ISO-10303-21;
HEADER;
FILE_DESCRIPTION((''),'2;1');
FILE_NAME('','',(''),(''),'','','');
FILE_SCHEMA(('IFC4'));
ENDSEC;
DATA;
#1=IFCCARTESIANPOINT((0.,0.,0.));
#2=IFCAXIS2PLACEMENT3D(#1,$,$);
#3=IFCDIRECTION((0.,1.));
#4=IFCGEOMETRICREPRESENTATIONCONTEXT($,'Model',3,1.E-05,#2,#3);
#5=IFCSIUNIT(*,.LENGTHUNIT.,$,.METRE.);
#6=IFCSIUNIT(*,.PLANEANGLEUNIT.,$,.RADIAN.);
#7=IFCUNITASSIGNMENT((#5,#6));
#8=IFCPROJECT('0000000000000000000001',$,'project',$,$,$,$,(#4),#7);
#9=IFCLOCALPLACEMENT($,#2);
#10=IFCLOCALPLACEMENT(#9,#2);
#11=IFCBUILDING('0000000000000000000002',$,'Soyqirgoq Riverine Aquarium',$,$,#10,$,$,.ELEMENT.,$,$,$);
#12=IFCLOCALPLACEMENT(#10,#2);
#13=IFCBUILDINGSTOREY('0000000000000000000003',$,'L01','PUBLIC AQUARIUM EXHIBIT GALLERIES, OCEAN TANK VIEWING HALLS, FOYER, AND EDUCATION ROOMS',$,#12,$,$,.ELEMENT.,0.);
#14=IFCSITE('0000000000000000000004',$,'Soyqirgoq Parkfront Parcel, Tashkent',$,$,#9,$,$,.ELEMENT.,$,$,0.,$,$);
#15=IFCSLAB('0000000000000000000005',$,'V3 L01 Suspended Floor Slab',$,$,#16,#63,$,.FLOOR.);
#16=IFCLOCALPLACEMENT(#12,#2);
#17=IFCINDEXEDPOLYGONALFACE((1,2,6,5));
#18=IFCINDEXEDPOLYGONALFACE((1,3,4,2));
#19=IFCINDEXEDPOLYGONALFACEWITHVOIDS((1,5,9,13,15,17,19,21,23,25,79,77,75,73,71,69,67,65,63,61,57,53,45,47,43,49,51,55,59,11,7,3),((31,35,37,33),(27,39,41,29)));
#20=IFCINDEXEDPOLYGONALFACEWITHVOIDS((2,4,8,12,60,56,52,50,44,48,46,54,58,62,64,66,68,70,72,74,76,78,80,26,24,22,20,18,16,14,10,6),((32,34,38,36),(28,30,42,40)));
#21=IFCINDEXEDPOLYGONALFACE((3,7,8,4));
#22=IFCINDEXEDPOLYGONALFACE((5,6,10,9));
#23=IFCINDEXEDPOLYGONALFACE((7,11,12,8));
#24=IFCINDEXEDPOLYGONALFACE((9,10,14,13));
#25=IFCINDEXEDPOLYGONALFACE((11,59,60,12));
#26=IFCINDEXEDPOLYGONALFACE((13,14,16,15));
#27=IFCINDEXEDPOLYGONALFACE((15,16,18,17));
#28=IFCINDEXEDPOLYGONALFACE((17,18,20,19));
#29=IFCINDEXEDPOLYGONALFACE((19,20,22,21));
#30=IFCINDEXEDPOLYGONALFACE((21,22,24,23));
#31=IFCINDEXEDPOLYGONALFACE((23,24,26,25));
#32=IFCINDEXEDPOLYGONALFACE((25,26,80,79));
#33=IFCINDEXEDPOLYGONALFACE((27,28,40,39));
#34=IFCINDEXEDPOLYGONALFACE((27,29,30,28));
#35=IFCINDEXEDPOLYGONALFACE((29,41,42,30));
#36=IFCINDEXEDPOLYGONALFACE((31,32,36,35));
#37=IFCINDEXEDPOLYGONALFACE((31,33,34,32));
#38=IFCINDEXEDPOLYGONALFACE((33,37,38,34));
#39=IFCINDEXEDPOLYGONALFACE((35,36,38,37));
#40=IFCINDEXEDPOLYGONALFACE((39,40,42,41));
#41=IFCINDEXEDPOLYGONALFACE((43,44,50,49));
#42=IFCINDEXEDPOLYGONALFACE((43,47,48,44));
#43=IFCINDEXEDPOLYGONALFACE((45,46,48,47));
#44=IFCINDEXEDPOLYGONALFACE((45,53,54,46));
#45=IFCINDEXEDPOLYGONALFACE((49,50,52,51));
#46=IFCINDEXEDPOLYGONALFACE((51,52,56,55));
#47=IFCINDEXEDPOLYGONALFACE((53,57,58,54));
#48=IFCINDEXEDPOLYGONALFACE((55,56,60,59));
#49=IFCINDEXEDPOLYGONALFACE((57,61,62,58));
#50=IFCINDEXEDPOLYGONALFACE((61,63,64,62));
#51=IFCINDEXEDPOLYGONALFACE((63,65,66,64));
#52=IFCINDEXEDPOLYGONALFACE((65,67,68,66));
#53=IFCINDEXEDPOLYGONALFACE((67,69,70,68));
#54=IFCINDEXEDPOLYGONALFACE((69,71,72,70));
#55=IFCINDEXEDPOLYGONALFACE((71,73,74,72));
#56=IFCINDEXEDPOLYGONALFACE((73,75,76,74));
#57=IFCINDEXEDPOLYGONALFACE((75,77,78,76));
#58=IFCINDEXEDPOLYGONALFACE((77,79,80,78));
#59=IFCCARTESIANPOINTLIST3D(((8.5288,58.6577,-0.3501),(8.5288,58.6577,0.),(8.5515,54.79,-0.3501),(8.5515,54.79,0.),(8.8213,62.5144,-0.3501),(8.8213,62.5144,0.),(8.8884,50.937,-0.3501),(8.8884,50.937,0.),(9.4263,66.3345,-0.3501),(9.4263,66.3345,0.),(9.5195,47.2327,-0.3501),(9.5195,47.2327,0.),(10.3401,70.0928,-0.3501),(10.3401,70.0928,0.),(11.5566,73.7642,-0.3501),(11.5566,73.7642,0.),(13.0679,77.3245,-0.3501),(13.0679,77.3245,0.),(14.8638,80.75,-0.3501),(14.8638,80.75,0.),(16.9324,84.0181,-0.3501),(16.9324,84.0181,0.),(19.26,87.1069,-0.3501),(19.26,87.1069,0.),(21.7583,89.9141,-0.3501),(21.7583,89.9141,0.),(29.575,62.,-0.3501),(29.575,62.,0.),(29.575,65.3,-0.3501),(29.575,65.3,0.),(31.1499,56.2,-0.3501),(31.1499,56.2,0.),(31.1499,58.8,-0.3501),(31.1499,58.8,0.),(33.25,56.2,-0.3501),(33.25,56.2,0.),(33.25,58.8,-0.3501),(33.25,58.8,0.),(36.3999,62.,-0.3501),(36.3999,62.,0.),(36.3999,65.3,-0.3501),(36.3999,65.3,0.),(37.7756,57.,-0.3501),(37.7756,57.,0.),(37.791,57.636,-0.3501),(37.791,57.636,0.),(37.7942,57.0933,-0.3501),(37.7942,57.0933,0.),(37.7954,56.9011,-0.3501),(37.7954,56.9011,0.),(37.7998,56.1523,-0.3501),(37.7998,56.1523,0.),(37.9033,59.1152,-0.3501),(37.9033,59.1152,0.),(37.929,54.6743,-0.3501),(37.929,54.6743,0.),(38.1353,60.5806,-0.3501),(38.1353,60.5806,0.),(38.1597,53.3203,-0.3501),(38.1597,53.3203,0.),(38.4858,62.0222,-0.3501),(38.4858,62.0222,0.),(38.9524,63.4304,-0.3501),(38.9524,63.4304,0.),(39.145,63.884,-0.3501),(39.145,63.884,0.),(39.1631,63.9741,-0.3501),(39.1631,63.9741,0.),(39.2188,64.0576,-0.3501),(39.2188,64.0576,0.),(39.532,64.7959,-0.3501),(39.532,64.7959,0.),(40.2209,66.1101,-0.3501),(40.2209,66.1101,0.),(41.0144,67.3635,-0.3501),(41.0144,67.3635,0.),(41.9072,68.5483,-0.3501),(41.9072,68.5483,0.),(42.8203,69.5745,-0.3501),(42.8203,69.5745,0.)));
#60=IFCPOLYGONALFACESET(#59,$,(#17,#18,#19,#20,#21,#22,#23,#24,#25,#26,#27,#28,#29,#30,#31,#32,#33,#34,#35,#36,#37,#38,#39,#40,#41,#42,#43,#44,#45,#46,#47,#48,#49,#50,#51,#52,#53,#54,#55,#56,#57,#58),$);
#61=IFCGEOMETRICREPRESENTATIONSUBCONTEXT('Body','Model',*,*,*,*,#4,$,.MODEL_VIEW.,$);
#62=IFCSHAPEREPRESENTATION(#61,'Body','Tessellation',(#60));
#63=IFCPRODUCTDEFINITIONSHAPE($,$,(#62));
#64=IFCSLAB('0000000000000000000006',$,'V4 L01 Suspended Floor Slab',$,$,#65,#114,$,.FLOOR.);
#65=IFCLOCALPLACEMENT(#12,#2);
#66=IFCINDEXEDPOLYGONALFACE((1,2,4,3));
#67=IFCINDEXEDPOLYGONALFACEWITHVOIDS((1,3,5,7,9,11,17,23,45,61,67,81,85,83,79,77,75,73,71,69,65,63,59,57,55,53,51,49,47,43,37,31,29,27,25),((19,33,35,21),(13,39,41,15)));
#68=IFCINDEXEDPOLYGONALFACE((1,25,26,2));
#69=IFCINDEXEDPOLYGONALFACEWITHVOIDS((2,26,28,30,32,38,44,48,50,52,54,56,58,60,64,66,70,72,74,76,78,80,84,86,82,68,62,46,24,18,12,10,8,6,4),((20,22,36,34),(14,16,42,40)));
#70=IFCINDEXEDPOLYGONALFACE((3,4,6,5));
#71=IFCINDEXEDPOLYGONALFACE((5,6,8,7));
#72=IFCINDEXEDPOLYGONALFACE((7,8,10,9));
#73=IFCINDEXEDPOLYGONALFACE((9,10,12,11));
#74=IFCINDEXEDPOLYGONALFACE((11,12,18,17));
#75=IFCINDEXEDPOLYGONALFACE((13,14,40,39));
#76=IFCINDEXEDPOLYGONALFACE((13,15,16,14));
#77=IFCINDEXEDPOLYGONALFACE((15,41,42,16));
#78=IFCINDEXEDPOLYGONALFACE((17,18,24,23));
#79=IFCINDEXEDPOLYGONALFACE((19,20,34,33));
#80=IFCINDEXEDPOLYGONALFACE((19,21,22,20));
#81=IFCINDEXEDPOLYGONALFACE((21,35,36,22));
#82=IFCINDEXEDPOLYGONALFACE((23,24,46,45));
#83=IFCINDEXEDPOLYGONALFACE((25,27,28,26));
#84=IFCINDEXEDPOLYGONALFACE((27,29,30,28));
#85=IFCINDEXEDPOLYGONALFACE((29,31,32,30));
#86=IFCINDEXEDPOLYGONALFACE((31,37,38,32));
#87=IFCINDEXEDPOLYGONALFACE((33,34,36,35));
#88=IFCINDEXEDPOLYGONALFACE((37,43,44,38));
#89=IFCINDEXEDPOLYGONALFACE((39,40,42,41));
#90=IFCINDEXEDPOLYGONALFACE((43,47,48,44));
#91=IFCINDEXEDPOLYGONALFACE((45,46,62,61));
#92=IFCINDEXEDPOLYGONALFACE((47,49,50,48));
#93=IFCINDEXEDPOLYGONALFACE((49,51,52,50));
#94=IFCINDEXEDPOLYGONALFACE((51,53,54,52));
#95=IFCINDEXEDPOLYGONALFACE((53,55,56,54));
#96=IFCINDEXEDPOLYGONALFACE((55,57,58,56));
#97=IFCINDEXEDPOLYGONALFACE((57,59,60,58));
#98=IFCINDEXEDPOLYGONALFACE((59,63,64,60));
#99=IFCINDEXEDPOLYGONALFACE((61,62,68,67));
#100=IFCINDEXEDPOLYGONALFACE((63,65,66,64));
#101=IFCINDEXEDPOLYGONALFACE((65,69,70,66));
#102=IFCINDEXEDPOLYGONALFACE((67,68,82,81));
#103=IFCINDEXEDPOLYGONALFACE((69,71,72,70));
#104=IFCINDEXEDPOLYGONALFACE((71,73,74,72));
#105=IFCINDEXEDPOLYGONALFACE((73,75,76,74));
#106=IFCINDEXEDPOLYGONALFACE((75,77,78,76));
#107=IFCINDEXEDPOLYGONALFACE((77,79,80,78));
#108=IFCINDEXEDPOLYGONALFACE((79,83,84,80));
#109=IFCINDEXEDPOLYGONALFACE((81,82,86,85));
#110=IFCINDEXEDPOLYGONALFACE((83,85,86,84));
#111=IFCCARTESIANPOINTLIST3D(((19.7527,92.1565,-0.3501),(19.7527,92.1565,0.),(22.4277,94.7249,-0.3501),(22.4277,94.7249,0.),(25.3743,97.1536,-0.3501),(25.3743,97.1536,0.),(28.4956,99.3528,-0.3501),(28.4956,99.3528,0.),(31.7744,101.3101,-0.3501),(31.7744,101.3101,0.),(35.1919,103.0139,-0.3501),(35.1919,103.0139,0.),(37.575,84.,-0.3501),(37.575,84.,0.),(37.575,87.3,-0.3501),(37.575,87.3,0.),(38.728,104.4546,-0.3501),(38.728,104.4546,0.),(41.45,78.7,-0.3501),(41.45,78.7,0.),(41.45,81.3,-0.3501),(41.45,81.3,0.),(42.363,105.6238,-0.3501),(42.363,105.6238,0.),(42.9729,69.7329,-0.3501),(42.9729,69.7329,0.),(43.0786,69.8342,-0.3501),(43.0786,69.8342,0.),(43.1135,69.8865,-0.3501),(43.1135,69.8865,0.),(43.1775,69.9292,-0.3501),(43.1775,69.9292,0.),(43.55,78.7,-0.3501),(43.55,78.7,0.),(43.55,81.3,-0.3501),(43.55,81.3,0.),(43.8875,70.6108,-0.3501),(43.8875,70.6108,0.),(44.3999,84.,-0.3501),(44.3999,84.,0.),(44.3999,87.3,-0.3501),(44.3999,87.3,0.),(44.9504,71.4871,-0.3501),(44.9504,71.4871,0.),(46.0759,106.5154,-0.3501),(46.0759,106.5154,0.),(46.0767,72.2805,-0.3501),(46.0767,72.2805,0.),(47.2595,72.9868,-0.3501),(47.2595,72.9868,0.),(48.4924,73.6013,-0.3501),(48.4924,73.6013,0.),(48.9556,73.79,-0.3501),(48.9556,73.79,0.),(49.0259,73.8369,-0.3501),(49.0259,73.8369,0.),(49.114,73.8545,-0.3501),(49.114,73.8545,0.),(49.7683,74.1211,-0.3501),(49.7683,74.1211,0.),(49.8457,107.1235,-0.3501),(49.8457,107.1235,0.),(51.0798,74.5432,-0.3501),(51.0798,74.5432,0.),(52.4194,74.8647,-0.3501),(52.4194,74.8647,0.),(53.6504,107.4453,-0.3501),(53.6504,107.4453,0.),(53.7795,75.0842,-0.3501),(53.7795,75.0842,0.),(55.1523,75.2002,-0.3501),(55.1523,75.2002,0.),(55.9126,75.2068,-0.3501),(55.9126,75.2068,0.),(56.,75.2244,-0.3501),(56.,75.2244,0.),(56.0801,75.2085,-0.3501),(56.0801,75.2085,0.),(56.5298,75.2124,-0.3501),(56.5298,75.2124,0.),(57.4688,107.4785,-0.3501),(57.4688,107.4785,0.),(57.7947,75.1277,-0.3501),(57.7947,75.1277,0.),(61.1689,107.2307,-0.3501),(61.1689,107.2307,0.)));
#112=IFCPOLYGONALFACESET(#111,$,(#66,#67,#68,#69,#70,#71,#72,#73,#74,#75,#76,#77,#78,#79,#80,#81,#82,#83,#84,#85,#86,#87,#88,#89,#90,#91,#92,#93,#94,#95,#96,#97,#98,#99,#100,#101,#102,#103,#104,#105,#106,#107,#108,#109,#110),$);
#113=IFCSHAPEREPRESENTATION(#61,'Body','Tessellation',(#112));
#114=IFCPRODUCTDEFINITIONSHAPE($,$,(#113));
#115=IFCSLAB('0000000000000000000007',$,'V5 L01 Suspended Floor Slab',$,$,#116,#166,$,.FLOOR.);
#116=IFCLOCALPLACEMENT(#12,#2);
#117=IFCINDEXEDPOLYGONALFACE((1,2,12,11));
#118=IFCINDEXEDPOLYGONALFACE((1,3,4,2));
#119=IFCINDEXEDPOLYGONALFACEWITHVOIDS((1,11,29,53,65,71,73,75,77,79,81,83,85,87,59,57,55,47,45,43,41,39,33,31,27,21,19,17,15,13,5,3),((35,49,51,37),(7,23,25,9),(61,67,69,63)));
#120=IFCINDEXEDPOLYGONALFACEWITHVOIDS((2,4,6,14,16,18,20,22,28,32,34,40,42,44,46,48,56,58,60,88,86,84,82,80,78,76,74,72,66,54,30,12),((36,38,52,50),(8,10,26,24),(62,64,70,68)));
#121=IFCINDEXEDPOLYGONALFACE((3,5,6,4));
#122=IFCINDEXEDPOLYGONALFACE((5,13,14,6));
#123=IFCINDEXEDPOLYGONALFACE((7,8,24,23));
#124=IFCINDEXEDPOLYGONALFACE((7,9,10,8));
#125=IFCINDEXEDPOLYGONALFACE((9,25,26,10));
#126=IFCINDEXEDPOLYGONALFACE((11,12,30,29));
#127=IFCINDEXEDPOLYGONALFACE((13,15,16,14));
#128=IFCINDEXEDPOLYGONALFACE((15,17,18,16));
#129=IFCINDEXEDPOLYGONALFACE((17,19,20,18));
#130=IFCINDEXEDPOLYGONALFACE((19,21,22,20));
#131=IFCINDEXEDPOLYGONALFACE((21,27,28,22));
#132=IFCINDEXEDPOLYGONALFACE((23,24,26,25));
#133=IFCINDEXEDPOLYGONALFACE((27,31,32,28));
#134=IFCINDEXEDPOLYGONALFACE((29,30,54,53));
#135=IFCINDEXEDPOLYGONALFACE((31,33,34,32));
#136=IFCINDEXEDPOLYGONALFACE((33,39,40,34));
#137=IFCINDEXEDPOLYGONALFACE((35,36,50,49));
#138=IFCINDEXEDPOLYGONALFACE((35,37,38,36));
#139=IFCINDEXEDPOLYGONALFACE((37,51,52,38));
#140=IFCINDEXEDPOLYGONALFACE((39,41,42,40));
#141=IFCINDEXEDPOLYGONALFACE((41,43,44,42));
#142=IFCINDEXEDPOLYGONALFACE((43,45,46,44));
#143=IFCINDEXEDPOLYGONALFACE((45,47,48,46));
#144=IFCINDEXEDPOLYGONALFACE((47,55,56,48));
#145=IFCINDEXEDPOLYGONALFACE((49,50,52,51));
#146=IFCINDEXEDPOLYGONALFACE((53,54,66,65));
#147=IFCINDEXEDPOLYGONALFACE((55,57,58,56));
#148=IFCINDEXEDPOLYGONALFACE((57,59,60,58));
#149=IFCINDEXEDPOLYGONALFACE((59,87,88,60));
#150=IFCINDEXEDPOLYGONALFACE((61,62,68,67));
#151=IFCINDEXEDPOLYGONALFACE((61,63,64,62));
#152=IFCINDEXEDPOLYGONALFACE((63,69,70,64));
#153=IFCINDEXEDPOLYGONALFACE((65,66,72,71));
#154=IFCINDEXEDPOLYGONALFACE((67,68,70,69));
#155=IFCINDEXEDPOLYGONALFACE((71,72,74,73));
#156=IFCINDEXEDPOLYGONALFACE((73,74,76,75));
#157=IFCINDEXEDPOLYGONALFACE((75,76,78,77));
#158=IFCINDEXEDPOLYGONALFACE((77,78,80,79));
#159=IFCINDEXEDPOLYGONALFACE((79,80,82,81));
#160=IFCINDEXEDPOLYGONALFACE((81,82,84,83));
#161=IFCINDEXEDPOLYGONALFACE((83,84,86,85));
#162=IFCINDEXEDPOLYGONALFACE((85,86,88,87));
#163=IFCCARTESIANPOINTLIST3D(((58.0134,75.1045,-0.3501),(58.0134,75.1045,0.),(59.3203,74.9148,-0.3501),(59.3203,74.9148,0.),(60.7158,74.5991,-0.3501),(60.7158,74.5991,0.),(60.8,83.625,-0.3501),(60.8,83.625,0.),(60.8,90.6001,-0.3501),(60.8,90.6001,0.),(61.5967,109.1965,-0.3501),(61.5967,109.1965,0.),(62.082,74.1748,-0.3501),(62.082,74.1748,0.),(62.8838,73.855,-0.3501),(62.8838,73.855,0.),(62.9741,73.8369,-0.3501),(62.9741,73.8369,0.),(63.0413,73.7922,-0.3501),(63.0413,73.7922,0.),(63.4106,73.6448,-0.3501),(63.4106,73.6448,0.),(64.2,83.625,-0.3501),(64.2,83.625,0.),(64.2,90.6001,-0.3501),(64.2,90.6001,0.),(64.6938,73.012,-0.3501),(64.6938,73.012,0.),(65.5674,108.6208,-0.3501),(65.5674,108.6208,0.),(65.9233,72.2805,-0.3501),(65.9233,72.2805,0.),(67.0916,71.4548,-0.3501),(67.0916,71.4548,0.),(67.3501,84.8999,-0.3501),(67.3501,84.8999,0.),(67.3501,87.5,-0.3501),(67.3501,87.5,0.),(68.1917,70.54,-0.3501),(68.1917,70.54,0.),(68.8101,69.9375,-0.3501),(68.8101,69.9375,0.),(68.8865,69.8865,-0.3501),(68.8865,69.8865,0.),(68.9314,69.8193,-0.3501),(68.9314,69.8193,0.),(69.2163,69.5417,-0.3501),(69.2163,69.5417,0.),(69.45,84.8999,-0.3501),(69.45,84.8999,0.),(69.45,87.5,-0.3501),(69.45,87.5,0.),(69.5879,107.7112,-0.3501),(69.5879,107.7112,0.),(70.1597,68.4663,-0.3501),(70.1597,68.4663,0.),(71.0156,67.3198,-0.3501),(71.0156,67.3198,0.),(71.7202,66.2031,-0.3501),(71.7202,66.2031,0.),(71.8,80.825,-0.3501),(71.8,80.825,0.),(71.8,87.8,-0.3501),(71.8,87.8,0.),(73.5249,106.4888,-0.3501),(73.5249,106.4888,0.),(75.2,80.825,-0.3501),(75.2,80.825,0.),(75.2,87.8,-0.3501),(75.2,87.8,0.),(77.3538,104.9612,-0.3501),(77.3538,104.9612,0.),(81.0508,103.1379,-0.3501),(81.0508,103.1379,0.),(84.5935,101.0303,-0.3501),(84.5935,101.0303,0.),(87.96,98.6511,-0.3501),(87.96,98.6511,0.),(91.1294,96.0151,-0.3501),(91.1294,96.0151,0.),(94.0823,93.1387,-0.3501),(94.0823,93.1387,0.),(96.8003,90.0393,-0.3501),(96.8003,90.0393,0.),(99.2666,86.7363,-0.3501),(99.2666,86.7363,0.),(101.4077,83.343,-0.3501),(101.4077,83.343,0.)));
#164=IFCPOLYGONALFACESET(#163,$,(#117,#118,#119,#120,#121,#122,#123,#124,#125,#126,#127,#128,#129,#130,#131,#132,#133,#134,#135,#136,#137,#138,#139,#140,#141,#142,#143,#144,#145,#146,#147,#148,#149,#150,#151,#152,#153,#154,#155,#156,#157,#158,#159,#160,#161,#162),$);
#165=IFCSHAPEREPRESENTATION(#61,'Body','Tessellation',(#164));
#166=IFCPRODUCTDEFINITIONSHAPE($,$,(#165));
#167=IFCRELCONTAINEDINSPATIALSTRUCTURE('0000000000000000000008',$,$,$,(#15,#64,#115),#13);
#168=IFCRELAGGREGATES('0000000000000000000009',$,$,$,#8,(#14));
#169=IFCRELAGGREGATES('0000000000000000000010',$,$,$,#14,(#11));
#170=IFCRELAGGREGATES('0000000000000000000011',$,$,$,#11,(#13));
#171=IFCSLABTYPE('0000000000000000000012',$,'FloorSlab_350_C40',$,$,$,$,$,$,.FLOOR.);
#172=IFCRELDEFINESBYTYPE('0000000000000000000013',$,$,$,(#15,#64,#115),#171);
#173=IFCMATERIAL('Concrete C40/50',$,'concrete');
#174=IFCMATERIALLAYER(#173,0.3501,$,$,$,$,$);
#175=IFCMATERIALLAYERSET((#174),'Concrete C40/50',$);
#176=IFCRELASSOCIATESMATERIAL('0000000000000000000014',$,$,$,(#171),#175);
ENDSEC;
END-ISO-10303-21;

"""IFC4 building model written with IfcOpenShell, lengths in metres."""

from ifc_helpers import new_model, si_unit, direction, frame, origin, place, context, subcontext, project, spatial, polyline, outline, extrude, material, layer, layer_set, type_object, element, save


model = new_model("IFC4")

# Units and contexts
model_context = context("Model", 3, precision=1e-05, world=origin(), true_north=direction((0.0, 1.0)))
body_context = subcontext(model_context, "Body", "Model", "MODEL_VIEW")
ifc_project = project(units=[si_unit("LENGTHUNIT", "METRE"), si_unit("PLANEANGLEUNIT", "RADIAN")], contexts=[model_context])

# Site, building, storey
site_placement = place(None, origin())
site = spatial("IfcSite", under=ifc_project, at=site_placement, Name="Soyqirgoq Parkfront Parcel, Tashkent", CompositionType="ELEMENT", RefElevation=0.0)
building_placement = place(site_placement, origin())
building = spatial("IfcBuilding", under=site, at=building_placement, Name="Soyqirgoq Riverine Aquarium", CompositionType="ELEMENT")
storey_placement = place(building_placement, origin())
storey = spatial("IfcBuildingStorey", under=building, at=storey_placement, Name="L01", Description="PUBLIC AQUARIUM EXHIBIT GALLERIES, OCEAN TANK VIEWING HALLS, FOYER, AND EDUCATION ROOMS", CompositionType="ELEMENT", Elevation=0.0)

# Slabs
ifc_material_1 = material(Name="Concrete C40/50", Category="concrete")
ifc_layer_1 = layer(ifc_material_1, 0.3501)
ifc_layer_set_1 = layer_set([ifc_layer_1], Name="Concrete C40/50")
slab_type_1 = type_object("IfcSlabType", Name="FloorSlab_350_C40", PredefinedType="FLOOR", material=ifc_layer_set_1)
slab_1_placement = place(storey_placement, frame((0.0, 0.0, -0.3501)))
element("IfcSlab", 1, at=slab_1_placement, inside=storey, type_object=slab_type_1, Name="V3 L01 Suspended Floor Slab", PredefinedType="FLOOR", context=body_context, shape_type="SweptSolid", body=[
    extrude(outline(polyline([(41.0144, 67.3635), (41.9072, 68.5483), (42.8203, 69.5745), (21.7583, 89.9141), (19.26, 87.1069), (16.9324, 84.0181), (14.8638, 80.75), (13.0679, 77.3245), (11.5566, 73.7642), (10.3401, 70.0928), (9.4263, 66.3345), (8.8213, 62.5144), (8.5288, 58.6577), (8.5515, 54.79), (8.8884, 50.937), (9.5195, 47.2327), (38.1597, 53.3203), (37.929, 54.6743), (37.7998, 56.1523), (37.7954, 56.9011), (37.7756, 57.0), (37.7942, 57.0933), (37.791, 57.636), (37.9033, 59.1152), (38.1353, 60.5806), (38.4858, 62.0222), (38.9524, 63.4304), (39.145, 63.884), (39.1631, 63.9741), (39.2188, 64.0576), (39.532, 64.7959), (40.2209, 66.1101), (41.0144, 67.3635)]), holes=[polyline([(29.575, 62.0), (36.3999, 62.0), (36.3999, 65.3), (29.575, 65.3), (29.575, 62.0)]), polyline([(31.1499, 56.2), (33.25, 56.2), (33.25, 58.8), (31.1499, 58.8), (31.1499, 56.2)])]), origin(), (0.0, 0.0, 1.0), 0.3501),
])
slab_2_placement = place(storey_placement, frame((0.0, 0.0, -0.3501)))
element("IfcSlab", 2, at=slab_2_placement, inside=storey, type_object=slab_type_1, Name="V4 L01 Suspended Floor Slab", PredefinedType="FLOOR", context=body_context, shape_type="SweptSolid", body=[
    extrude(outline(polyline([(55.1523, 75.2002), (55.9126, 75.2068), (56.0, 75.2244), (56.0801, 75.2085), (56.5298, 75.2124), (57.7947, 75.1277), (61.1689, 107.2307), (57.4688, 107.4785), (53.6504, 107.4453), (49.8457, 107.1235), (46.0759, 106.5154), (42.363, 105.6238), (38.728, 104.4546), (35.1919, 103.0139), (31.7744, 101.3101), (28.4956, 99.3528), (25.3743, 97.1536), (22.4277, 94.7249), (19.7527, 92.1565), (42.9729, 69.7329), (43.0786, 69.8342), (43.1135, 69.8865), (43.1775, 69.9292), (43.8875, 70.6108), (44.9504, 71.4871), (46.0767, 72.2805), (47.2595, 72.9868), (48.4924, 73.6013), (48.9556, 73.79), (49.0259, 73.8369), (49.114, 73.8545), (49.7683, 74.1211), (51.0798, 74.5432), (52.4194, 74.8647), (53.7795, 75.0842), (55.1523, 75.2002)]), holes=[polyline([(37.575, 84.0), (44.3999, 84.0), (44.3999, 87.3), (37.575, 87.3), (37.575, 84.0)]), polyline([(41.45, 78.7), (43.55, 78.7), (43.55, 81.3), (41.45, 81.3), (41.45, 78.7)])]), origin(), (0.0, 0.0, 1.0), 0.3501),
])
slab_3_placement = place(storey_placement, frame((0.0, 0.0, -0.3501)))
element("IfcSlab", 3, at=slab_3_placement, inside=storey, type_object=slab_type_1, Name="V5 L01 Suspended Floor Slab", PredefinedType="FLOOR", context=body_context, shape_type="SweptSolid", body=[
    extrude(outline(polyline([(70.1597, 68.4663), (71.0156, 67.3198), (71.7202, 66.2031), (101.4077, 83.343), (99.2666, 86.7363), (96.8003, 90.0393), (94.0823, 93.1387), (91.1294, 96.0151), (87.96, 98.6511), (84.5935, 101.0303), (81.0508, 103.1379), (77.3538, 104.9612), (73.5249, 106.4888), (69.5879, 107.7112), (65.5674, 108.6208), (61.5967, 109.1965), (58.0134, 75.1045), (59.3203, 74.9148), (60.7158, 74.5991), (62.082, 74.1748), (62.8838, 73.855), (62.9741, 73.8369), (63.0413, 73.7922), (63.4106, 73.6448), (64.6938, 73.012), (65.9233, 72.2805), (67.0916, 71.4548), (68.1917, 70.54), (68.8101, 69.9375), (68.8865, 69.8865), (68.9314, 69.8193), (69.2163, 69.5417), (70.1597, 68.4663)]), holes=[polyline([(64.2, 83.625), (64.2, 90.6001), (60.8, 90.6001), (60.8, 83.625), (64.2, 83.625)]), polyline([(67.3501, 84.8999), (69.45, 84.8999), (69.45, 87.5), (67.3501, 87.5), (67.3501, 84.8999)]), polyline([(75.2, 80.825), (75.2, 87.8), (71.8, 87.8), (71.8, 80.825), (75.2, 80.825)])]), origin(), (0.0, 0.0, 1.0), 0.3501),
])

save(model, "model.ifc")
